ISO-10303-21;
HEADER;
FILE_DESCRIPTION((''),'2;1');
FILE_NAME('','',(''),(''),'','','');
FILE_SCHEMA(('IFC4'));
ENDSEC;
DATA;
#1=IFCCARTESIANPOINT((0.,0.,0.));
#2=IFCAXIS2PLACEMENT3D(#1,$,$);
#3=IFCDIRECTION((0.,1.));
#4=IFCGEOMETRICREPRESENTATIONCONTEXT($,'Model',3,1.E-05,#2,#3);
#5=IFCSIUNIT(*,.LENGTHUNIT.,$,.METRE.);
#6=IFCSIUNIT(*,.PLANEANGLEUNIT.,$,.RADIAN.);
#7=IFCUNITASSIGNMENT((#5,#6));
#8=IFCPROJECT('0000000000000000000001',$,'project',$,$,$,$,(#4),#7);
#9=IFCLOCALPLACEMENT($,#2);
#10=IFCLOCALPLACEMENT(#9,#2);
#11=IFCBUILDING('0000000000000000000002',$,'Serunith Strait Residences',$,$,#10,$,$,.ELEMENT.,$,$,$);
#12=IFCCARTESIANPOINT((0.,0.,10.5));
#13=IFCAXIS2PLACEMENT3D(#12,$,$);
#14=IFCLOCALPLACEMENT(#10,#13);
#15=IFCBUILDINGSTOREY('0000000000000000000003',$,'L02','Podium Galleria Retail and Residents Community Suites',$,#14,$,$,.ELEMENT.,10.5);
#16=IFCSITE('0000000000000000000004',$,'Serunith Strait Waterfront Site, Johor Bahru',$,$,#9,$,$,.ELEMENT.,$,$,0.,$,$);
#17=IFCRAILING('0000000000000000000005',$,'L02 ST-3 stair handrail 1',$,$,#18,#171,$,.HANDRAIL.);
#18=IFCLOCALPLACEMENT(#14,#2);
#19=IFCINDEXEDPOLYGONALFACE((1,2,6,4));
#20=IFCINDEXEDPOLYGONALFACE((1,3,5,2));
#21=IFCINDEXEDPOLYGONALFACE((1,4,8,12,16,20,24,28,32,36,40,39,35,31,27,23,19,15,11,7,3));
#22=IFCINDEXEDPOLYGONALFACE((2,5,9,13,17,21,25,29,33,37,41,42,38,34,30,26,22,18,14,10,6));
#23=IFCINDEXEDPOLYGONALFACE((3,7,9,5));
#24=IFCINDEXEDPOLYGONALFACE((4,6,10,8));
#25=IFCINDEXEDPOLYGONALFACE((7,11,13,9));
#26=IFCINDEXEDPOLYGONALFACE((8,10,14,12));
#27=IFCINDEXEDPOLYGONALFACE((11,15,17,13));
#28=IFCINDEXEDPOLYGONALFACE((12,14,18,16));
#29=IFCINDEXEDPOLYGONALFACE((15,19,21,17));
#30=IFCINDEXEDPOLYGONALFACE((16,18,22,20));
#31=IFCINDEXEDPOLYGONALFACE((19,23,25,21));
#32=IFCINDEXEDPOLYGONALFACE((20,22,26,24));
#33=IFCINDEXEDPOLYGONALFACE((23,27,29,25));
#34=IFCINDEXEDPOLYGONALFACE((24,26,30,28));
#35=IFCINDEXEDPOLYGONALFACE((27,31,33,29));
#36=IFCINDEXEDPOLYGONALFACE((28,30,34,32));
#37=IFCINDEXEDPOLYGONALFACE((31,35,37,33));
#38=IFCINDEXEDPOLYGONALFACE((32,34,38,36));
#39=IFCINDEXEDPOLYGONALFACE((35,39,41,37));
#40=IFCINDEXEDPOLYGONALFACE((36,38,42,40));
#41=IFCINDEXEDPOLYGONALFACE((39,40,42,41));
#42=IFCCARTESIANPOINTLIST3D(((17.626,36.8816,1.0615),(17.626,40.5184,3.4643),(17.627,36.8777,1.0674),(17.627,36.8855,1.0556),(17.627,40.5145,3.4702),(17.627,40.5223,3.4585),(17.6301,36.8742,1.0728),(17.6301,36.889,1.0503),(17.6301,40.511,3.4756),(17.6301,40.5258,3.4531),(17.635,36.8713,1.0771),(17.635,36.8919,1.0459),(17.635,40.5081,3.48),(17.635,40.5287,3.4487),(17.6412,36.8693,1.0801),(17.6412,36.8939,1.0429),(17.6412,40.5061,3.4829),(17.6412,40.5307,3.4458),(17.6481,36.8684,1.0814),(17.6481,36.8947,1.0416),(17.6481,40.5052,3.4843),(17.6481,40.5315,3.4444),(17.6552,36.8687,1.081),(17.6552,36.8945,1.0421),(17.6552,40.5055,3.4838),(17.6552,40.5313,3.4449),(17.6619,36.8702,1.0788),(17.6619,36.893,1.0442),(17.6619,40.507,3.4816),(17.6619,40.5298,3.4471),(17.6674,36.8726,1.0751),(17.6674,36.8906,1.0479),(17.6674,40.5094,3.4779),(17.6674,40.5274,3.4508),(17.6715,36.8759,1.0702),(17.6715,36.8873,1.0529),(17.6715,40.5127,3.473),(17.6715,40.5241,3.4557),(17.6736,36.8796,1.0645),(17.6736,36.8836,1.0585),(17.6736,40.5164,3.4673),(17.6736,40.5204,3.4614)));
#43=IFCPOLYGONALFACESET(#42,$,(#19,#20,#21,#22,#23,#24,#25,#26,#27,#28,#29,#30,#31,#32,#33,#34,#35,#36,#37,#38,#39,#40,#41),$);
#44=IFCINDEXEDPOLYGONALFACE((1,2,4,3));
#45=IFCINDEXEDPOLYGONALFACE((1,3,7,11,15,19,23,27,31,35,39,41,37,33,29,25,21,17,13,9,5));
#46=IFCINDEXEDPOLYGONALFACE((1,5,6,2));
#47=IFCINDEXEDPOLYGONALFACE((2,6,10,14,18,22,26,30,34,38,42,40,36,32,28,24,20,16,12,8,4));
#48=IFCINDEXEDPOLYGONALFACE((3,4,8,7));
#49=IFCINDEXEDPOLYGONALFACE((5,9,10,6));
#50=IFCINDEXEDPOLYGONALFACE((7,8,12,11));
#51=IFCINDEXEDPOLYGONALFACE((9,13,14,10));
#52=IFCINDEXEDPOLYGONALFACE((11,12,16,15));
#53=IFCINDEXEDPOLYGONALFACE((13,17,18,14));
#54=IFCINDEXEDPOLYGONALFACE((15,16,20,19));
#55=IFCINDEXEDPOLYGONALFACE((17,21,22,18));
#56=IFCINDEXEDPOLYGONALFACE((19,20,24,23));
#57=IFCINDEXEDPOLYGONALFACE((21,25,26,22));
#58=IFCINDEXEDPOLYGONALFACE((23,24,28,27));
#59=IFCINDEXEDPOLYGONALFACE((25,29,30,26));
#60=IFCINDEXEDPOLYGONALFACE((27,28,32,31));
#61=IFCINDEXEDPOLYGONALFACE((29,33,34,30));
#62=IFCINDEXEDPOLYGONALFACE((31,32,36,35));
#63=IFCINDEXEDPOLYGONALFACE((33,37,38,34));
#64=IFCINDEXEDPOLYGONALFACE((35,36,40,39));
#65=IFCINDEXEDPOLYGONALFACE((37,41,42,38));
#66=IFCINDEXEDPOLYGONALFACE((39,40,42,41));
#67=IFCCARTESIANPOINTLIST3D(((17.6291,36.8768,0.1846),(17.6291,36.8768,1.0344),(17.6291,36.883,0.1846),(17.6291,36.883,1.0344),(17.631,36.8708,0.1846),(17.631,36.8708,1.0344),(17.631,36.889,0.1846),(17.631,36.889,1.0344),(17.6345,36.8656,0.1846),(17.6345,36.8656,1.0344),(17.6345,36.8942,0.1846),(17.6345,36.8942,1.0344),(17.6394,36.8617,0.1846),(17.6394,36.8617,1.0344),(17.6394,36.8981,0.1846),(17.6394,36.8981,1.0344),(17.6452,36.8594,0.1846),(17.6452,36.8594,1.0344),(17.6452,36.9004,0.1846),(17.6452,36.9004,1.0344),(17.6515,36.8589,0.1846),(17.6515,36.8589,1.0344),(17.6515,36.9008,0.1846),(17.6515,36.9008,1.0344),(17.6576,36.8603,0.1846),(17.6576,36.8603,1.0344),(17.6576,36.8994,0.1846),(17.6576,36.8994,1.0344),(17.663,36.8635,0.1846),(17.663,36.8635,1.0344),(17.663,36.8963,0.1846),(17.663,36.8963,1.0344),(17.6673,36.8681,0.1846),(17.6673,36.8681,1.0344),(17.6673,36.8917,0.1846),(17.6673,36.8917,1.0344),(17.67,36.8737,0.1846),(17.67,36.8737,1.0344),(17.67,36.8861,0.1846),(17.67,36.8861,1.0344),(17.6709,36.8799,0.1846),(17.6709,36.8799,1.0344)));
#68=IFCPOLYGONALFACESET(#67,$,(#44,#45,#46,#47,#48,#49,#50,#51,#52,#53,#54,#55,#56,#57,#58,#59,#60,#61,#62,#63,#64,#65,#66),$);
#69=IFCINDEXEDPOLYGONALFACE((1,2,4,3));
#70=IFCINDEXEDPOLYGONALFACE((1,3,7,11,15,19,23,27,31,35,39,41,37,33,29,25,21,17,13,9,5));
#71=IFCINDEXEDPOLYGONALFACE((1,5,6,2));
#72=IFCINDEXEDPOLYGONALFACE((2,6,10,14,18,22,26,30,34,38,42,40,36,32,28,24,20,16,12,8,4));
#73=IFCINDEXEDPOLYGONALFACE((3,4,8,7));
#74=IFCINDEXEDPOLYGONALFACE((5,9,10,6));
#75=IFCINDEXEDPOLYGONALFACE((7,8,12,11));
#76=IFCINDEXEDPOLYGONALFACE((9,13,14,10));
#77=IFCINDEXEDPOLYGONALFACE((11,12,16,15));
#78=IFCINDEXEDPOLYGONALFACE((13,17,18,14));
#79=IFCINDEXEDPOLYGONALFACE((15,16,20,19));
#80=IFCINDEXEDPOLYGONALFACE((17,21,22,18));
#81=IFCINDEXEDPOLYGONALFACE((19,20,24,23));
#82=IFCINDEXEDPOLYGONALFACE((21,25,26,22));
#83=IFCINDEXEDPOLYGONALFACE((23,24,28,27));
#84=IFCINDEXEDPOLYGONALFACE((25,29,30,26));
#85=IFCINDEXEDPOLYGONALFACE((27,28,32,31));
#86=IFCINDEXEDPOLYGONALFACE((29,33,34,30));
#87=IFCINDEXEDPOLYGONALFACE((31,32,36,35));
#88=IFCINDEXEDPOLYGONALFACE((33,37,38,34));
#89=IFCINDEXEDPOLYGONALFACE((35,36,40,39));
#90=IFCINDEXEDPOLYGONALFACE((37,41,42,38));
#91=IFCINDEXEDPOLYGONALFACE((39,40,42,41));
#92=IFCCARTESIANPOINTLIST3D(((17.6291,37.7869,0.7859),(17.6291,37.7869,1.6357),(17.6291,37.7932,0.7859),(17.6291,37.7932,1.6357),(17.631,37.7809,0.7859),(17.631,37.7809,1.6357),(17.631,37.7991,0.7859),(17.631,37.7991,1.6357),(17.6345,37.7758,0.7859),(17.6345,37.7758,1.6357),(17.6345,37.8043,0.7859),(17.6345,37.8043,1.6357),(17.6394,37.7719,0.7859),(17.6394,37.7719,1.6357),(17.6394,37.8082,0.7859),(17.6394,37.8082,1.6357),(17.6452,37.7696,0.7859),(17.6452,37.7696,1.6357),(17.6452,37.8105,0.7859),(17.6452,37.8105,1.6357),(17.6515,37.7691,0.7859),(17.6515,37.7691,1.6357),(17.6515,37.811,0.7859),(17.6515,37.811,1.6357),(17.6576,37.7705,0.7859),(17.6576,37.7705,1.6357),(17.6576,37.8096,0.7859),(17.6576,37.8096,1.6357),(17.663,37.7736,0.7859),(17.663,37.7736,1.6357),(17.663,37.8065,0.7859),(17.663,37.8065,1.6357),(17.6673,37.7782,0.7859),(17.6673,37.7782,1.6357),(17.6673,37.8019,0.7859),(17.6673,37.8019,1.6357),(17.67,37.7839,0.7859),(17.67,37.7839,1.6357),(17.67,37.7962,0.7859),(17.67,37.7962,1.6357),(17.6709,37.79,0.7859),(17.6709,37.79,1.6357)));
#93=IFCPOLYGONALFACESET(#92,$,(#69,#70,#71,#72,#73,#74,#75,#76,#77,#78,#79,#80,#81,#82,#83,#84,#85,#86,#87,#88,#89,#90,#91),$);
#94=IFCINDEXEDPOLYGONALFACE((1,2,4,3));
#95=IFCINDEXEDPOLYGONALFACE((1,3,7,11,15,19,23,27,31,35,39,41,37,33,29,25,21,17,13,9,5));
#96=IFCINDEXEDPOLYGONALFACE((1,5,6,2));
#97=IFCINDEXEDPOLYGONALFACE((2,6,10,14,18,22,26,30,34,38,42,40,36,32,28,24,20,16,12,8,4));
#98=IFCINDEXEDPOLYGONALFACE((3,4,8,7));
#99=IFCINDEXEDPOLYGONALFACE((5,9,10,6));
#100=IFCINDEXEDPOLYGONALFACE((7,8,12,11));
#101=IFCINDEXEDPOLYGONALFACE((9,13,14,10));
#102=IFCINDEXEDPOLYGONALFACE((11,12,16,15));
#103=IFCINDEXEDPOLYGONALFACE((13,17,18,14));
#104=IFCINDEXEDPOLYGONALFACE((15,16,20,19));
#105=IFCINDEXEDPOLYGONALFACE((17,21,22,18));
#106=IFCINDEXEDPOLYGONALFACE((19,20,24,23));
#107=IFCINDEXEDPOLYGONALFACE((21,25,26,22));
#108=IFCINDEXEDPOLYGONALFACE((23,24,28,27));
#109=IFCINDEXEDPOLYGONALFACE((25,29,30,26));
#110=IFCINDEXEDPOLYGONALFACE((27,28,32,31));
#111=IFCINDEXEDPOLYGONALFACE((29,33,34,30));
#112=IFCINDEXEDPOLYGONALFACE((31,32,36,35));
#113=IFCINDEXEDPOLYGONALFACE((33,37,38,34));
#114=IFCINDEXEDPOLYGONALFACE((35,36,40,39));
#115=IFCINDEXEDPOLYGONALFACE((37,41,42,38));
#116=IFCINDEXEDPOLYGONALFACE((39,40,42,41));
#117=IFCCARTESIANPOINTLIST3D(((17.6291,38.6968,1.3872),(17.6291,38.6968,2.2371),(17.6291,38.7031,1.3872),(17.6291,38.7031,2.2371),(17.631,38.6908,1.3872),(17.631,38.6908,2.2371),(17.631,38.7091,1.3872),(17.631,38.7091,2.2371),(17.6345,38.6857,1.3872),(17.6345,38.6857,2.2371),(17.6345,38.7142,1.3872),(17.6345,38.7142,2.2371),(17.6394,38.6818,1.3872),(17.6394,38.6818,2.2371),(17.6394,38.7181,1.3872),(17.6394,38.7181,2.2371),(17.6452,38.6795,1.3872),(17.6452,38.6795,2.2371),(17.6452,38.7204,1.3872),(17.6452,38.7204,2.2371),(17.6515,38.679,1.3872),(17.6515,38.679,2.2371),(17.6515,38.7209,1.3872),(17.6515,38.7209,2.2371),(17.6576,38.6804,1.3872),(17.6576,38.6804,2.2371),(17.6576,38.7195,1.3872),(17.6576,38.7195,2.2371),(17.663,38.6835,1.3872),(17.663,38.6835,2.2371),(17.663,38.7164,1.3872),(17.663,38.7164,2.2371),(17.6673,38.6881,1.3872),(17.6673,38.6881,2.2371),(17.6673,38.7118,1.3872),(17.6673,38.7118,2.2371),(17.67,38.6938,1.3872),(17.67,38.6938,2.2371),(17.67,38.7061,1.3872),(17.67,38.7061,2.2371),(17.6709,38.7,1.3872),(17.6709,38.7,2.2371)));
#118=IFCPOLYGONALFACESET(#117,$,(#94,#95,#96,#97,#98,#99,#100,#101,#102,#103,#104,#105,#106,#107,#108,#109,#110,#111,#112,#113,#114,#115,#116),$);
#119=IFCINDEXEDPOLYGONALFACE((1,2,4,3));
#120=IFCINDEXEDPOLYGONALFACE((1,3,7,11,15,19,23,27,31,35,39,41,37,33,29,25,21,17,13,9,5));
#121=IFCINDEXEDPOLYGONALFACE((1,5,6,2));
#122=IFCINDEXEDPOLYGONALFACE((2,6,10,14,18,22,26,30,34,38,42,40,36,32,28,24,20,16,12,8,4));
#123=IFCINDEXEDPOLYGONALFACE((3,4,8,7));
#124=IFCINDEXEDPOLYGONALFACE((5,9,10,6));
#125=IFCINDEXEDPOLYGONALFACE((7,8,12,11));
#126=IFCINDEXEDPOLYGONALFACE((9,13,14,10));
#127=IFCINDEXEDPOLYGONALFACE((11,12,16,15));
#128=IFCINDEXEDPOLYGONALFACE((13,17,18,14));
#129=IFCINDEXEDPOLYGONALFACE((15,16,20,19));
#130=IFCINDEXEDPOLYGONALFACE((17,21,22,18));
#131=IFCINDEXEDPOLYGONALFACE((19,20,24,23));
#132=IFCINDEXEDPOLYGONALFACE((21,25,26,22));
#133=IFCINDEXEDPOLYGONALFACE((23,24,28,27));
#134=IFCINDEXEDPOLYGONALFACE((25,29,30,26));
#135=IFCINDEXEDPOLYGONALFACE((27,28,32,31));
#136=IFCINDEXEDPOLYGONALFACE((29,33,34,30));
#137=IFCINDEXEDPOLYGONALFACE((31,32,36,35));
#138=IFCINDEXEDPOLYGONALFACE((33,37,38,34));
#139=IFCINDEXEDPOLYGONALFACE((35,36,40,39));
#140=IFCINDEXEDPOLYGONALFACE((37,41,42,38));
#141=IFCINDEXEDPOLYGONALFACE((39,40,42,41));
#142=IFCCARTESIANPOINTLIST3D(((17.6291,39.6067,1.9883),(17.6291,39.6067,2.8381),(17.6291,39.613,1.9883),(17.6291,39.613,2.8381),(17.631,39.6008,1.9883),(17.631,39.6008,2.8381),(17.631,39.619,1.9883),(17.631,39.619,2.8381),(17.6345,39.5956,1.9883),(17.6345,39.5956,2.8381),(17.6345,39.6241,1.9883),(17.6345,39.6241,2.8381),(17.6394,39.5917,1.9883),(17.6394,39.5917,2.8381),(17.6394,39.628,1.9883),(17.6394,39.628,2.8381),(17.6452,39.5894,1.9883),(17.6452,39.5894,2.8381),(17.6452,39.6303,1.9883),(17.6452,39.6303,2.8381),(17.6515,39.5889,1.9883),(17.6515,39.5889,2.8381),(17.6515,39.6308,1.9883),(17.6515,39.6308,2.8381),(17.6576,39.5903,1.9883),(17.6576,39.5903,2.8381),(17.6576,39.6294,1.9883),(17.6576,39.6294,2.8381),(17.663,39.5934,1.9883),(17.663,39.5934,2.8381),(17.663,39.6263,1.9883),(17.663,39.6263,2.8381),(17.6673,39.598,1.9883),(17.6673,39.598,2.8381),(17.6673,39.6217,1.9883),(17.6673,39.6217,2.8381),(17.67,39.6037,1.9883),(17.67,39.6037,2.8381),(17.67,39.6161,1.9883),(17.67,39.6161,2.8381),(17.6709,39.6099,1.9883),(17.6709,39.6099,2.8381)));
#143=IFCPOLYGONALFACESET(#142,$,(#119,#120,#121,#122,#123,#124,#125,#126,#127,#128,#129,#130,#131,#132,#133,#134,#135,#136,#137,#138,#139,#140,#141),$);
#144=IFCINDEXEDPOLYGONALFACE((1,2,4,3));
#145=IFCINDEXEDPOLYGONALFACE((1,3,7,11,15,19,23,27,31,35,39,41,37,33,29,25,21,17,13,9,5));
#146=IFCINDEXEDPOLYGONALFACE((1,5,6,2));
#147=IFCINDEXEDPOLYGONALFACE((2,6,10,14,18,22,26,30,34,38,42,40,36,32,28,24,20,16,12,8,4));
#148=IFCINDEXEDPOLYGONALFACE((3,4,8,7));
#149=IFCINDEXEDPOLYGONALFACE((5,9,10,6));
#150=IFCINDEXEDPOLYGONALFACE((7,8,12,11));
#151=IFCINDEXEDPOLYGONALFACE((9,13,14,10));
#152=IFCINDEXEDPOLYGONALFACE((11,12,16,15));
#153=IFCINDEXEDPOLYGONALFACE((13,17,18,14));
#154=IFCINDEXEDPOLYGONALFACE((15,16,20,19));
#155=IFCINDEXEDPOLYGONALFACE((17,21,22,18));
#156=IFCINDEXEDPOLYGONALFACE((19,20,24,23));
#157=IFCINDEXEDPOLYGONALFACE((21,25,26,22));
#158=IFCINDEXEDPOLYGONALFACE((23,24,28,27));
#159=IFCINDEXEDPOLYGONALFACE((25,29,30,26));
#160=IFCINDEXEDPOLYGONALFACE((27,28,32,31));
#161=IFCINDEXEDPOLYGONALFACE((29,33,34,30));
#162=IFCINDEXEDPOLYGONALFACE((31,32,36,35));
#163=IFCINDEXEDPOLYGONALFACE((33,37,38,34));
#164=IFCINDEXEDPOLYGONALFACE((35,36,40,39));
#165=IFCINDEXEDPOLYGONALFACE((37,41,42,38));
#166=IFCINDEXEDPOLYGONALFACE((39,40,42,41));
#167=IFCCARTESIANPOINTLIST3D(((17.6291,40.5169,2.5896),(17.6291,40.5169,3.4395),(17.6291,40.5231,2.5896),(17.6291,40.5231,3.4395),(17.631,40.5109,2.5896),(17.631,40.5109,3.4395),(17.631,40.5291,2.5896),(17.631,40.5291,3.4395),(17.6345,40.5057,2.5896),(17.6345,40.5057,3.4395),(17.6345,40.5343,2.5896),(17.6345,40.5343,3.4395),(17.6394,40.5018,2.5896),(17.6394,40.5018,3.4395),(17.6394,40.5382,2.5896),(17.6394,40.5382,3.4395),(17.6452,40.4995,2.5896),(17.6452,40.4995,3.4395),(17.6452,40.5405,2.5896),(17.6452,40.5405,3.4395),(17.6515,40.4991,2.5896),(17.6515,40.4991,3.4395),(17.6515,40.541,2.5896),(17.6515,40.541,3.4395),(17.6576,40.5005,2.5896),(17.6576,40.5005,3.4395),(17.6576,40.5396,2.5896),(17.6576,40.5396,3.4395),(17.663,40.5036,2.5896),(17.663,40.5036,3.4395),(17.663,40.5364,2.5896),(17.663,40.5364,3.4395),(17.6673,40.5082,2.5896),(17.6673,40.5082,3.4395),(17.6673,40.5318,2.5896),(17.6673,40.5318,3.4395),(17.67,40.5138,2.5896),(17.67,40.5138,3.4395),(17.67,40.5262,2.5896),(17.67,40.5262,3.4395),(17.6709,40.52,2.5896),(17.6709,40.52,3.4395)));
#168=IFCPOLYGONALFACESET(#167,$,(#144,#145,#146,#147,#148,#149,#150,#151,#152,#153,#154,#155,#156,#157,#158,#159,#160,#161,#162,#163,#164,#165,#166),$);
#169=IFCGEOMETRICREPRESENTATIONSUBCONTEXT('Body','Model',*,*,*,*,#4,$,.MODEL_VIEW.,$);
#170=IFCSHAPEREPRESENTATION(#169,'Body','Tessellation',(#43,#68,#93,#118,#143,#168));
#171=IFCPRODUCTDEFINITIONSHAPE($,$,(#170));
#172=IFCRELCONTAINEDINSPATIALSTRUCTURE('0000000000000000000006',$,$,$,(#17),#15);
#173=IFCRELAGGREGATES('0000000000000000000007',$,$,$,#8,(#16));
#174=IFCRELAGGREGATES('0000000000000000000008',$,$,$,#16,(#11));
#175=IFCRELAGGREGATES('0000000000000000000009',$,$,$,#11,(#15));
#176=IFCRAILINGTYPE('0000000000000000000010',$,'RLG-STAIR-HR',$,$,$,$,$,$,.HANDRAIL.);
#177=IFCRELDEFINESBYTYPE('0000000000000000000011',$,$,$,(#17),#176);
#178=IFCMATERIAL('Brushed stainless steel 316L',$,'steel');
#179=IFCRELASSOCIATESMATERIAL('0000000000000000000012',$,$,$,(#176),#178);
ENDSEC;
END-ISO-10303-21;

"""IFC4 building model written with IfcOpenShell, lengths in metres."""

from ifc_helpers import new_model, si_unit, direction, frame, origin, origin_2d, place, context, subcontext, project, spatial, circle, extrude, material, type_object, element, save


model = new_model("IFC4")

# Units and contexts
model_context = context("Model", 3, precision=1e-05, world=origin(), true_north=direction((0.0, 1.0)))
body_context = subcontext(model_context, "Body", "Model", "MODEL_VIEW")
ifc_project = project(units=[si_unit("LENGTHUNIT", "METRE"), si_unit("PLANEANGLEUNIT", "RADIAN")], contexts=[model_context])

# Site, building, storey
site_placement = place(None, origin())
site = spatial("IfcSite", under=ifc_project, at=site_placement, Name="Serunith Strait Waterfront Site, Johor Bahru", CompositionType="ELEMENT", RefElevation=0.0)
building_placement = place(site_placement, origin())
building = spatial("IfcBuilding", under=site, at=building_placement, Name="Serunith Strait Residences", CompositionType="ELEMENT")
storey_placement = place(building_placement, frame((0.0, 0.0, 10.5)))
storey = spatial("IfcBuildingStorey", under=building, at=storey_placement, Name="L02", Description="Podium Galleria Retail and Residents Community Suites", CompositionType="ELEMENT", Elevation=10.5)

# Railing
ifc_material_1 = material(Name="Brushed stainless steel 316L", Category="steel")
railing_type_1 = type_object("IfcRailingType", Name="RLG-STAIR-HR", PredefinedType="HANDRAIL", material=ifc_material_1)
railing_1_placement = place(storey_placement, frame((17.6499, 36.8799, 0.1846)))
element("IfcRailing", 1, at=railing_1_placement, inside=storey, type_object=railing_type_1, Name="L02 ST-3 stair handrail 1", PredefinedType="HANDRAIL", context=body_context, shape_type="SweptSolid", body=[
    extrude(circle(Radius=0.0239, at=origin_2d()), frame((0.0, 0.0017, 0.877), z_axis=(0.0, 0.834342, 0.551248), x_axis=(-1.0, 0.0, 0.0)), (0.0, 0.0, 1.0), 4.3589),
    extrude(circle(Radius=0.021, at=origin_2d()), origin(), (0.0, 0.0, 1.0), 0.8499),
    extrude(circle(Radius=0.021, at=origin_2d()), frame((0.0, 0.9102, 0.6013)), (0.0, 0.0, 1.0), 0.8499),
    extrude(circle(Radius=0.021, at=origin_2d()), frame((0.0, 1.8201, 1.2026)), (0.0, 0.0, 1.0), 0.8499),
    extrude(circle(Radius=0.021, at=origin_2d()), frame((0.0, 2.73, 1.8037)), (0.0, 0.0, 1.0), 0.8499),
    extrude(circle(Radius=0.021, at=origin_2d()), frame((0.0, 3.6401, 2.405)), (0.0, 0.0, 1.0), 0.8499),
])

save(model, "model.ifc")
